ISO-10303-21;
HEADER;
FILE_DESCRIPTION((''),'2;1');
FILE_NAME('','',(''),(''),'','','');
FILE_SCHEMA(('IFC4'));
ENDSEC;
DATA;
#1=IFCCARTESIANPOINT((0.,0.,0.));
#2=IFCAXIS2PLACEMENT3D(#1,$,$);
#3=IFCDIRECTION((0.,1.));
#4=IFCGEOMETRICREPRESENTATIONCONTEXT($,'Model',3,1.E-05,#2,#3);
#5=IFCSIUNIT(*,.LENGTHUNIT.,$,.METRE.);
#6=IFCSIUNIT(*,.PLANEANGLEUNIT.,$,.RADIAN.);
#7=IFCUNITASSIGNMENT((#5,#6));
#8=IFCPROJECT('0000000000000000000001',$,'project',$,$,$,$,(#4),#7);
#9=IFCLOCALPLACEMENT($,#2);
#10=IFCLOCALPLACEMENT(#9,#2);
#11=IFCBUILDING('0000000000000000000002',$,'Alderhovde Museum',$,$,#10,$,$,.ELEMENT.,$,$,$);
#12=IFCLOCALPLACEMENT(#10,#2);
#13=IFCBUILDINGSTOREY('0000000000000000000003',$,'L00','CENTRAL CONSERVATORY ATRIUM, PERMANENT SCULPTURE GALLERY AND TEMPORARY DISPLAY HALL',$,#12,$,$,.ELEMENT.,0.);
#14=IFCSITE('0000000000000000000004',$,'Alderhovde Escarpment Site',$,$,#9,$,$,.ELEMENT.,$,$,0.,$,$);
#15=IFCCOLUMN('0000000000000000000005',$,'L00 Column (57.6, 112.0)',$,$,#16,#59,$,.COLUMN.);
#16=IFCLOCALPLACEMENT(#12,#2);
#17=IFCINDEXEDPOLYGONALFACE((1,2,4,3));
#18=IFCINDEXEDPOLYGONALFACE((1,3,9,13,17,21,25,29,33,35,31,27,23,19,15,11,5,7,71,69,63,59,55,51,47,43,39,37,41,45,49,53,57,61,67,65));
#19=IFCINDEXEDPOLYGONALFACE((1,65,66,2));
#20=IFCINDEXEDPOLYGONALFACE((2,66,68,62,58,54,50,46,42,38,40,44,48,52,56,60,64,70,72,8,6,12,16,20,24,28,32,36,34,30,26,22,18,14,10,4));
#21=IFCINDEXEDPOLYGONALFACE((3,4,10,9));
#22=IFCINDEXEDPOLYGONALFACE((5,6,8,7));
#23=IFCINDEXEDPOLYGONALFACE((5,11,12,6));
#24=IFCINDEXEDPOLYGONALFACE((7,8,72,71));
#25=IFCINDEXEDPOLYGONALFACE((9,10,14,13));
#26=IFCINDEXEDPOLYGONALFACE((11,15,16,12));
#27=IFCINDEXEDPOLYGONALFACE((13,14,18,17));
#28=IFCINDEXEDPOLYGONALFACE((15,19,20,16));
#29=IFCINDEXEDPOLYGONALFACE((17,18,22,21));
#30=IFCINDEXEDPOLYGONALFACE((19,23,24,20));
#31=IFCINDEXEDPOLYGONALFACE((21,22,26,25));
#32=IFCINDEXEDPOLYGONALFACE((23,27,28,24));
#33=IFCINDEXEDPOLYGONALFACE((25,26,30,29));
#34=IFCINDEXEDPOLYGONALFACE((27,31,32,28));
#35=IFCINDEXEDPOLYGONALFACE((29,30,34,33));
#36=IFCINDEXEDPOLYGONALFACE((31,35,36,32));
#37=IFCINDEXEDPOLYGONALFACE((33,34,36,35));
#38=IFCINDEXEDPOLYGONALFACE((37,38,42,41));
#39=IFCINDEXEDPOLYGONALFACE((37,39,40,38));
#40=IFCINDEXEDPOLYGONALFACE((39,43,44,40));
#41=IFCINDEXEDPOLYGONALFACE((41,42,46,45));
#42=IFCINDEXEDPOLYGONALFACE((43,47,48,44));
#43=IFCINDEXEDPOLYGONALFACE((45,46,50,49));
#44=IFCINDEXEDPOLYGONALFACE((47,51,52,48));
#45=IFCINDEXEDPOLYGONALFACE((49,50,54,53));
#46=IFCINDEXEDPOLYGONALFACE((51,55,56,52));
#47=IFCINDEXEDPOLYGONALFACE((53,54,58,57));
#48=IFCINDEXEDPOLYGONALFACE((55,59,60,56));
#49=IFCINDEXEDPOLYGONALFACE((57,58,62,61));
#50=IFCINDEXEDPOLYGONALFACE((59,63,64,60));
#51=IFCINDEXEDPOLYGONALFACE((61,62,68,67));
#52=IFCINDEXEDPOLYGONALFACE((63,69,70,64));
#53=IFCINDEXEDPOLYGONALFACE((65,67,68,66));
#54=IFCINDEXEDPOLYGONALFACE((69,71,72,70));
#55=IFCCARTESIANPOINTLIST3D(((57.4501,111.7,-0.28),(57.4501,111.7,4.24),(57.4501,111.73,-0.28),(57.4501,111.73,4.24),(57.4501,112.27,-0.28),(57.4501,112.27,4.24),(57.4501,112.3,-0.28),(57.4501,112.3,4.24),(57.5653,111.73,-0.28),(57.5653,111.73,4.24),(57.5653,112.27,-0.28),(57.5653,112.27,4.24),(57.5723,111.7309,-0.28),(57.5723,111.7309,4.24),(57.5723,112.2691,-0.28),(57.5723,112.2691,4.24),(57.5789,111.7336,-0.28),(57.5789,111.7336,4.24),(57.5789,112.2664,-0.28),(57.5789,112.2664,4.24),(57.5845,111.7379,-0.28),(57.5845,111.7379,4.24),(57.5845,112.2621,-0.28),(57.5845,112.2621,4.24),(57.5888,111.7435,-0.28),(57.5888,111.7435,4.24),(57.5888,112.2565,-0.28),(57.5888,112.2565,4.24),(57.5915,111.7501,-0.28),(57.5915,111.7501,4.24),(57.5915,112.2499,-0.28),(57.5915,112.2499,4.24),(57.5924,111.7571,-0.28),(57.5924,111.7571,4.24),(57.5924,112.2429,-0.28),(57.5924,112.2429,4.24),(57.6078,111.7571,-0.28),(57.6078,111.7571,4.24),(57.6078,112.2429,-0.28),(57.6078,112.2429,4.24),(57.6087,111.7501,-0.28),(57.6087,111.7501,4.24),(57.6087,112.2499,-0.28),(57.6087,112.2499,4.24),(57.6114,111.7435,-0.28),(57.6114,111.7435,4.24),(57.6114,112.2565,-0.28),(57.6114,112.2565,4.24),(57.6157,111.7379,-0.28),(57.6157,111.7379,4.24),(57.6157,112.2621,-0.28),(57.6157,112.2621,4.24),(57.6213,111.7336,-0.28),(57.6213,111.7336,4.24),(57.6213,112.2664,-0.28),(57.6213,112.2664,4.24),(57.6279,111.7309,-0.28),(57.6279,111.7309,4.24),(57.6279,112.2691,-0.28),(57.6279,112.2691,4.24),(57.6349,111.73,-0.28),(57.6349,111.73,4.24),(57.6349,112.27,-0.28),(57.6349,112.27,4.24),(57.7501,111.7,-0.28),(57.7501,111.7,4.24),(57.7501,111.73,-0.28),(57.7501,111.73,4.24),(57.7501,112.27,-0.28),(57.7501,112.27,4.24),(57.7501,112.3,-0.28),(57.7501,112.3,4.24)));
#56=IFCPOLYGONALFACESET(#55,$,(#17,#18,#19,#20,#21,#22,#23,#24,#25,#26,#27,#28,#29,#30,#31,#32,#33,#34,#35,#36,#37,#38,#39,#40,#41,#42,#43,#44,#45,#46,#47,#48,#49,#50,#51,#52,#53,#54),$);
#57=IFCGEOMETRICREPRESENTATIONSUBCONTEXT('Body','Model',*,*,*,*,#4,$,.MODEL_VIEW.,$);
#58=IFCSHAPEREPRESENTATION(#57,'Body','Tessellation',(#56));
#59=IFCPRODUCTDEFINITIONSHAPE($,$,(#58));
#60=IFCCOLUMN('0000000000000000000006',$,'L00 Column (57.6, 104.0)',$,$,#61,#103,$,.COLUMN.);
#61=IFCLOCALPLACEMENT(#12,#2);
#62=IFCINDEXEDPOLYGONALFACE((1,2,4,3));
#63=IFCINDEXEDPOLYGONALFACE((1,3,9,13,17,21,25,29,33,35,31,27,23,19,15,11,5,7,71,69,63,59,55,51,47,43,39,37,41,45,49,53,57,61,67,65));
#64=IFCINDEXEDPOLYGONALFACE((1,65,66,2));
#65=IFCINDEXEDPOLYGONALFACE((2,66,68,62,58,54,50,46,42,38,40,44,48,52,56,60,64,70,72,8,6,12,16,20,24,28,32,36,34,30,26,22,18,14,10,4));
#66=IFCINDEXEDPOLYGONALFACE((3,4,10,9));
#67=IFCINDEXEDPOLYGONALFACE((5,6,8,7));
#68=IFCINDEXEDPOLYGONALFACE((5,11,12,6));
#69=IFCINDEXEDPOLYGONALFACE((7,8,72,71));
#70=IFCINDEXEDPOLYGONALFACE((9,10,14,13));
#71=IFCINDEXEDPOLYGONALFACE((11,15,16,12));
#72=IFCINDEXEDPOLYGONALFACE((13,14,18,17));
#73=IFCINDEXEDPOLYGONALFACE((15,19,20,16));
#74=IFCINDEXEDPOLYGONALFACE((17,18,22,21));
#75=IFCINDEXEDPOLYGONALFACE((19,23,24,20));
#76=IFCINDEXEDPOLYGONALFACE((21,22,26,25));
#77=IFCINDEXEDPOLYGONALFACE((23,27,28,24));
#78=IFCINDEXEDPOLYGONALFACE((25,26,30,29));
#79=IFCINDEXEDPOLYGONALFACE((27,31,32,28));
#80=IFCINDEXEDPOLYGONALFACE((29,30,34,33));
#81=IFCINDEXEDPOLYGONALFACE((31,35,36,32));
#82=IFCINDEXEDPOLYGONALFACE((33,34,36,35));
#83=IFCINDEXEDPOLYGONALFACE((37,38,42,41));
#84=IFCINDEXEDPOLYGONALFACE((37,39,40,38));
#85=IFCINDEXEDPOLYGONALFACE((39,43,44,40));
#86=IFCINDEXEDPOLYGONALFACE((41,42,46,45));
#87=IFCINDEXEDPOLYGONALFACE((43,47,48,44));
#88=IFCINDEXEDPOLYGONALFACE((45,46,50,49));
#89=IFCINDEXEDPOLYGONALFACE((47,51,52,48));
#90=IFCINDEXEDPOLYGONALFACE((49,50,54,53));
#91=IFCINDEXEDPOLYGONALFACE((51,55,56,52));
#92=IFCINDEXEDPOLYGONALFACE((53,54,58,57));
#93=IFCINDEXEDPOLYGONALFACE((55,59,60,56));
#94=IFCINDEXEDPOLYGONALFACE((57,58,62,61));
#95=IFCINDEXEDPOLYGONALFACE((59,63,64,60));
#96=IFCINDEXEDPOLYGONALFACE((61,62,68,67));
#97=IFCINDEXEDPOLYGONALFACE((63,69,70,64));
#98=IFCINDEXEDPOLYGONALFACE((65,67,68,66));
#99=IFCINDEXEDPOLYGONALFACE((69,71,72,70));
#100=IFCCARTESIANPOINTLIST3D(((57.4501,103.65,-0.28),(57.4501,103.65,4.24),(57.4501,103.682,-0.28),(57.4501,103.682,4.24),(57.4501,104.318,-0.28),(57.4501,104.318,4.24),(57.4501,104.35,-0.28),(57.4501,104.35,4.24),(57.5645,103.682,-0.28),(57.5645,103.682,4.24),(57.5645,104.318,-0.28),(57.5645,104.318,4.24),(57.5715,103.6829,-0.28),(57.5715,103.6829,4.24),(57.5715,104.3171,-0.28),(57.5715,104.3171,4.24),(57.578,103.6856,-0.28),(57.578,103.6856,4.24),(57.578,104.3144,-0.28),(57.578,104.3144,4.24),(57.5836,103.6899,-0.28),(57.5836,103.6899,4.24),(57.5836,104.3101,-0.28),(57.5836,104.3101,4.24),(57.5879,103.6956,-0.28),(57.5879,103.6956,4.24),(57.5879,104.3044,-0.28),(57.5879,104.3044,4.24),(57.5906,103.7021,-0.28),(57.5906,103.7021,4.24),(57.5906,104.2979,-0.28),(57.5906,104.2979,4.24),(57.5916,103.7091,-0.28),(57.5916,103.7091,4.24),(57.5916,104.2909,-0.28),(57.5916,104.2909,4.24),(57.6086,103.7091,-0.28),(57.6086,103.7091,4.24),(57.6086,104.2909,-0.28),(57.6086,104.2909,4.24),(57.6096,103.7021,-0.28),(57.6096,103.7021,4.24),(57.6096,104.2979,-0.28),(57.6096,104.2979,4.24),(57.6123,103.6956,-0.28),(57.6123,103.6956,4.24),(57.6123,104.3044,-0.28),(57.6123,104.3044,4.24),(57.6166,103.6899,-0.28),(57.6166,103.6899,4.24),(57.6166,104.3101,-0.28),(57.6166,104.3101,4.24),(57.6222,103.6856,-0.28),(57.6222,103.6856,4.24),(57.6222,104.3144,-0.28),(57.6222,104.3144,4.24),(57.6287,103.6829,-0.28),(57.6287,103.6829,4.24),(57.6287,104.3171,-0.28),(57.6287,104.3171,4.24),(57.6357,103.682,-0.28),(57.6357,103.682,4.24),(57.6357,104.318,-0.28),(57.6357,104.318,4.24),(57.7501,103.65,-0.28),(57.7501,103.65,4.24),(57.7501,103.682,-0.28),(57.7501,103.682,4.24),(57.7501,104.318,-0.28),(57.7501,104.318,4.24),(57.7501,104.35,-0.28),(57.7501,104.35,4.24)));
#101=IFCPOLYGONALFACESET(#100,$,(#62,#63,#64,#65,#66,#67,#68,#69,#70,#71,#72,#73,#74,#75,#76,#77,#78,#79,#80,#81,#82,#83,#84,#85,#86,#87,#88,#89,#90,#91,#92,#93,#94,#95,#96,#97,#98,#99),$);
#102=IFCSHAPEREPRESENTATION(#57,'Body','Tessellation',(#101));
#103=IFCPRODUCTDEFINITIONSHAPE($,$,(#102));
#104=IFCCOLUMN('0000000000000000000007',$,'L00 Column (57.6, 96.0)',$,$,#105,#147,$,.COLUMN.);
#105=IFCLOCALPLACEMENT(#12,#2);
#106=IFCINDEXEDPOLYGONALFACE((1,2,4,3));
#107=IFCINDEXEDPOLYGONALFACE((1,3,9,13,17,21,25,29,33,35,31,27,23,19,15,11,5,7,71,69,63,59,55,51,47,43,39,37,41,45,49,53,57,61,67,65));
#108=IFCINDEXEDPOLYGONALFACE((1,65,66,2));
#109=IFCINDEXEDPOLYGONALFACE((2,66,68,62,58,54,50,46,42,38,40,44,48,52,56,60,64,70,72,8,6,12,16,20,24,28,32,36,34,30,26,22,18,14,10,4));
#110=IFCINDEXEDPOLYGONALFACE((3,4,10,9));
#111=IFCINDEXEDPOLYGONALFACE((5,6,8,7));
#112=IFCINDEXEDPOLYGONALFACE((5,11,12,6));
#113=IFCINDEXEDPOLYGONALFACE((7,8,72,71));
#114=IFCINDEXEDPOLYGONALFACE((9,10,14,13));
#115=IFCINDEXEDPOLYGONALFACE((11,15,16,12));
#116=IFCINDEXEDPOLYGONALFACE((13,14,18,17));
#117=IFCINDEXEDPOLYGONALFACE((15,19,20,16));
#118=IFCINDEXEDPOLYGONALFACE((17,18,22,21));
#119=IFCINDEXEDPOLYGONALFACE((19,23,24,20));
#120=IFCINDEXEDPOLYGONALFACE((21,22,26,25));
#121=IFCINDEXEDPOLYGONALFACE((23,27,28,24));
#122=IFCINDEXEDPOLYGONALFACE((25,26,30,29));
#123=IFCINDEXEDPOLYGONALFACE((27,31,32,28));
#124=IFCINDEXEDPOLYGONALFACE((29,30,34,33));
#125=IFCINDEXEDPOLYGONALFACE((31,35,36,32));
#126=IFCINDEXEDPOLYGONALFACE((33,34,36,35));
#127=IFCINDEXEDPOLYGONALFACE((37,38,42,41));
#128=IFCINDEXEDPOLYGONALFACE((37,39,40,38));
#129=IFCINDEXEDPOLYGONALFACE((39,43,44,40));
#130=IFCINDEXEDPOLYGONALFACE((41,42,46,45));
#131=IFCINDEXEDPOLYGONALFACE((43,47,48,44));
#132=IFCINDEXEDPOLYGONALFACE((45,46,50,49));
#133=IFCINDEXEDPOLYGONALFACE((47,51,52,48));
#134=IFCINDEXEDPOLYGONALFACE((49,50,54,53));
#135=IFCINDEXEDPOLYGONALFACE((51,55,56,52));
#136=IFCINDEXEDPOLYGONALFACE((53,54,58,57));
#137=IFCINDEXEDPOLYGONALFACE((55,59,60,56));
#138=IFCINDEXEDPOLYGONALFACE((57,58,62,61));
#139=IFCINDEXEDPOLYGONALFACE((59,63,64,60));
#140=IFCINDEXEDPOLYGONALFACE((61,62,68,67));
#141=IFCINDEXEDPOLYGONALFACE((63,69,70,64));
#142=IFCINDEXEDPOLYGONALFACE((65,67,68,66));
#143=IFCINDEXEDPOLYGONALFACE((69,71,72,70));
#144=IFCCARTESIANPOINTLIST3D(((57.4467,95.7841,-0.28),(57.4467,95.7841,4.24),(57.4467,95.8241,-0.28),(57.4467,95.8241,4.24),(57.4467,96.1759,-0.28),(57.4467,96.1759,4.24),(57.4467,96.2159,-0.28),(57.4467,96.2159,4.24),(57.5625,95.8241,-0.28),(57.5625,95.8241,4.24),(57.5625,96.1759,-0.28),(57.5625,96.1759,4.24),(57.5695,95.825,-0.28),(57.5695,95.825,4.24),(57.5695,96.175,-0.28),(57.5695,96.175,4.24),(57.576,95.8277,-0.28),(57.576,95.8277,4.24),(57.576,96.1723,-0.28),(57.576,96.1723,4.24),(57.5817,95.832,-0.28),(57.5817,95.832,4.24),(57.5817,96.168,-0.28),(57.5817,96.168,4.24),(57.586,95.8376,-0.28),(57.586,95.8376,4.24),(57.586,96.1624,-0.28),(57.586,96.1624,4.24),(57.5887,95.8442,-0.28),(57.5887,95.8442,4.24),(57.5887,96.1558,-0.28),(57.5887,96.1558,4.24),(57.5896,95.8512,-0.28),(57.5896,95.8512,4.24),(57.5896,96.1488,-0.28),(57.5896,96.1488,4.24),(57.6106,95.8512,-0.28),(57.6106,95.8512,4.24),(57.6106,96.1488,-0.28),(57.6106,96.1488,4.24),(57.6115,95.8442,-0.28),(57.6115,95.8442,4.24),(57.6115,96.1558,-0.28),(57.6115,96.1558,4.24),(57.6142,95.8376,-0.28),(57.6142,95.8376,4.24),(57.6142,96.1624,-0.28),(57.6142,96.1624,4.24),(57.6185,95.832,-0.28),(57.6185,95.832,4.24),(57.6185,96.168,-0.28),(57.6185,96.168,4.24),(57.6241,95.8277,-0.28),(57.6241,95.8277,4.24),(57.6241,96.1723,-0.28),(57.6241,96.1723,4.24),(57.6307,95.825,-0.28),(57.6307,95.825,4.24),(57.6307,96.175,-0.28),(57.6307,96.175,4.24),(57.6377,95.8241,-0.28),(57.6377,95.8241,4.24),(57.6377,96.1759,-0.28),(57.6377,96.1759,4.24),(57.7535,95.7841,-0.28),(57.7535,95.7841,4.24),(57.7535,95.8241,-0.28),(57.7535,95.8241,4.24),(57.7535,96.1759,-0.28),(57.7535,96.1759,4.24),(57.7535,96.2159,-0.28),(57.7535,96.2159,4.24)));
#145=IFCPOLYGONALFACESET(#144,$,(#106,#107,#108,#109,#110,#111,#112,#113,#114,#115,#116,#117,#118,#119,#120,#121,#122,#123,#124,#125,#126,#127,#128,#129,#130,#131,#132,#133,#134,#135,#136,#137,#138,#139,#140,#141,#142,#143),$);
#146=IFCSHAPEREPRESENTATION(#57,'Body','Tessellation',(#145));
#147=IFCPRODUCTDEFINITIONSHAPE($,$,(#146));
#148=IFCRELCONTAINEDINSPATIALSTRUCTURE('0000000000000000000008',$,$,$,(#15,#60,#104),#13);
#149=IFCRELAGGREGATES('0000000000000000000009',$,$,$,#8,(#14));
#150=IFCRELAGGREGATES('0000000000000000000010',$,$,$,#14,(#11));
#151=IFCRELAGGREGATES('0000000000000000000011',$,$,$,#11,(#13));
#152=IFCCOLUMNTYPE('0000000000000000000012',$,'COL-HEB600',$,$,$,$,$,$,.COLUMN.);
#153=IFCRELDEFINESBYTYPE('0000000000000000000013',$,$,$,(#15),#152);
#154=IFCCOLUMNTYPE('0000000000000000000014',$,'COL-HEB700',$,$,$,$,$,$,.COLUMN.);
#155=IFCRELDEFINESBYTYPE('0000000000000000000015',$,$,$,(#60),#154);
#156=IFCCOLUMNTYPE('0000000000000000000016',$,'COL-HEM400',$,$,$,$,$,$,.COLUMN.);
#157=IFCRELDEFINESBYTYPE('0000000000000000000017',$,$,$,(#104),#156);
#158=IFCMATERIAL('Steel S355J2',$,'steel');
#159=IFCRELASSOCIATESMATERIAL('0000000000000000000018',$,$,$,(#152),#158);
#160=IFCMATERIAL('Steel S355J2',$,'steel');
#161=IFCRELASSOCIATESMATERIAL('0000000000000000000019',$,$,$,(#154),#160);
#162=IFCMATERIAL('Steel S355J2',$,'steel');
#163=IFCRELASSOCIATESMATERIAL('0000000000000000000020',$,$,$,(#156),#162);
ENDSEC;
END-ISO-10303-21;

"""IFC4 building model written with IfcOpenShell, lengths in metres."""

from ifc_helpers import new_model, si_unit, direction, frame, origin, origin_2d, place, context, subcontext, project, spatial, i_section, extrude, material, material_profile, profile_set, type_object, element, save


model = new_model("IFC4")

# Units and contexts
model_context = context("Model", 3, precision=1e-05, world=origin(), true_north=direction((0.0, 1.0)))
body_context = subcontext(model_context, "Body", "Model", "MODEL_VIEW")
ifc_project = project(units=[si_unit("LENGTHUNIT", "METRE"), si_unit("PLANEANGLEUNIT", "RADIAN")], contexts=[model_context])

# Site, building, storey
site_placement = place(None, origin())
site = spatial("IfcSite", under=ifc_project, at=site_placement, Name="Alderhovde Escarpment Site", CompositionType="ELEMENT", RefElevation=0.0)
building_placement = place(site_placement, origin())
building = spatial("IfcBuilding", under=site, at=building_placement, Name="Alderhovde Museum", CompositionType="ELEMENT")
storey_placement = place(building_placement, origin())
storey = spatial("IfcBuildingStorey", under=building, at=storey_placement, Name="L00", Description="CENTRAL CONSERVATORY ATRIUM, PERMANENT SCULPTURE GALLERY AND TEMPORARY DISPLAY HALL", CompositionType="ELEMENT", Elevation=0.0)

# Columns
ifc_material_1 = material(Name="Steel S355J2", Category="steel")
ifc_material_profile_1 = material_profile(ifc_material_1, i_section(OverallWidth=0.3, OverallDepth=0.6001, WebThickness=0.0154, FlangeThickness=0.03, FilletRadius=0.0271, at=origin_2d()), Name="HEB 600")
ifc_profile_set_1 = profile_set([ifc_material_profile_1], Name="Steel S355J2")
column_type_1 = type_object("IfcColumnType", Name="COL-HEB600", PredefinedType="COLUMN", material=ifc_profile_set_1)
column_1_placement = place(storey_placement, frame((57.6001, 112.0, -0.28), z_axis=(0.0, 0.0, 1.0), x_axis=(1.0, 0.0, 0.0)))
element("IfcColumn", 1, at=column_1_placement, inside=storey, type_object=column_type_1, Name="L00 Column (57.6, 112.0)", PredefinedType="COLUMN", context=body_context, shape_type="SweptSolid", body=[
    extrude(i_section(OverallWidth=0.3, OverallDepth=0.6001, WebThickness=0.0154, FlangeThickness=0.03, FilletRadius=0.0271, at=origin_2d()), origin(), (0.0, 0.0, 1.0), 4.52),
])
ifc_material_2 = material(Name="Steel S355J2", Category="steel")
ifc_material_profile_2 = material_profile(ifc_material_2, i_section(OverallWidth=0.3, OverallDepth=0.7, WebThickness=0.0171, FlangeThickness=0.032, FilletRadius=0.0271, at=origin_2d()), Name="HEB 700")
ifc_profile_set_2 = profile_set([ifc_material_profile_2], Name="Steel S355J2")
column_type_2 = type_object("IfcColumnType", Name="COL-HEB700", PredefinedType="COLUMN", material=ifc_profile_set_2)
column_2_placement = place(storey_placement, frame((57.6001, 104.0, -0.28), z_axis=(0.0, 0.0, 1.0), x_axis=(1.0, 0.0, 0.0)))
element("IfcColumn", 2, at=column_2_placement, inside=storey, type_object=column_type_2, Name="L00 Column (57.6, 104.0)", PredefinedType="COLUMN", context=body_context, shape_type="SweptSolid", body=[
    extrude(i_section(OverallWidth=0.3, OverallDepth=0.7, WebThickness=0.0171, FlangeThickness=0.032, FilletRadius=0.0271, at=origin_2d()), origin(), (0.0, 0.0, 1.0), 4.52),
])
ifc_material_3 = material(Name="Steel S355J2", Category="steel")
ifc_material_profile_3 = material_profile(ifc_material_3, i_section(OverallWidth=0.3069, OverallDepth=0.4319, WebThickness=0.021, FlangeThickness=0.04, FilletRadius=0.0271, at=origin_2d()), Name="HEM 400")
ifc_profile_set_3 = profile_set([ifc_material_profile_3], Name="Steel S355J2")
column_type_3 = type_object("IfcColumnType", Name="COL-HEM400", PredefinedType="COLUMN", material=ifc_profile_set_3)
column_3_placement = place(storey_placement, frame((57.6001, 96.0, -0.28), z_axis=(0.0, 0.0, 1.0), x_axis=(1.0, 0.0, 0.0)))
element("IfcColumn", 3, at=column_3_placement, inside=storey, type_object=column_type_3, Name="L00 Column (57.6, 96.0)", PredefinedType="COLUMN", context=body_context, shape_type="SweptSolid", body=[
    extrude(i_section(OverallWidth=0.3069, OverallDepth=0.4319, WebThickness=0.021, FlangeThickness=0.04, FilletRadius=0.0271, at=origin_2d()), origin(), (0.0, 0.0, 1.0), 4.52),
])

save(model, "model.ifc")
